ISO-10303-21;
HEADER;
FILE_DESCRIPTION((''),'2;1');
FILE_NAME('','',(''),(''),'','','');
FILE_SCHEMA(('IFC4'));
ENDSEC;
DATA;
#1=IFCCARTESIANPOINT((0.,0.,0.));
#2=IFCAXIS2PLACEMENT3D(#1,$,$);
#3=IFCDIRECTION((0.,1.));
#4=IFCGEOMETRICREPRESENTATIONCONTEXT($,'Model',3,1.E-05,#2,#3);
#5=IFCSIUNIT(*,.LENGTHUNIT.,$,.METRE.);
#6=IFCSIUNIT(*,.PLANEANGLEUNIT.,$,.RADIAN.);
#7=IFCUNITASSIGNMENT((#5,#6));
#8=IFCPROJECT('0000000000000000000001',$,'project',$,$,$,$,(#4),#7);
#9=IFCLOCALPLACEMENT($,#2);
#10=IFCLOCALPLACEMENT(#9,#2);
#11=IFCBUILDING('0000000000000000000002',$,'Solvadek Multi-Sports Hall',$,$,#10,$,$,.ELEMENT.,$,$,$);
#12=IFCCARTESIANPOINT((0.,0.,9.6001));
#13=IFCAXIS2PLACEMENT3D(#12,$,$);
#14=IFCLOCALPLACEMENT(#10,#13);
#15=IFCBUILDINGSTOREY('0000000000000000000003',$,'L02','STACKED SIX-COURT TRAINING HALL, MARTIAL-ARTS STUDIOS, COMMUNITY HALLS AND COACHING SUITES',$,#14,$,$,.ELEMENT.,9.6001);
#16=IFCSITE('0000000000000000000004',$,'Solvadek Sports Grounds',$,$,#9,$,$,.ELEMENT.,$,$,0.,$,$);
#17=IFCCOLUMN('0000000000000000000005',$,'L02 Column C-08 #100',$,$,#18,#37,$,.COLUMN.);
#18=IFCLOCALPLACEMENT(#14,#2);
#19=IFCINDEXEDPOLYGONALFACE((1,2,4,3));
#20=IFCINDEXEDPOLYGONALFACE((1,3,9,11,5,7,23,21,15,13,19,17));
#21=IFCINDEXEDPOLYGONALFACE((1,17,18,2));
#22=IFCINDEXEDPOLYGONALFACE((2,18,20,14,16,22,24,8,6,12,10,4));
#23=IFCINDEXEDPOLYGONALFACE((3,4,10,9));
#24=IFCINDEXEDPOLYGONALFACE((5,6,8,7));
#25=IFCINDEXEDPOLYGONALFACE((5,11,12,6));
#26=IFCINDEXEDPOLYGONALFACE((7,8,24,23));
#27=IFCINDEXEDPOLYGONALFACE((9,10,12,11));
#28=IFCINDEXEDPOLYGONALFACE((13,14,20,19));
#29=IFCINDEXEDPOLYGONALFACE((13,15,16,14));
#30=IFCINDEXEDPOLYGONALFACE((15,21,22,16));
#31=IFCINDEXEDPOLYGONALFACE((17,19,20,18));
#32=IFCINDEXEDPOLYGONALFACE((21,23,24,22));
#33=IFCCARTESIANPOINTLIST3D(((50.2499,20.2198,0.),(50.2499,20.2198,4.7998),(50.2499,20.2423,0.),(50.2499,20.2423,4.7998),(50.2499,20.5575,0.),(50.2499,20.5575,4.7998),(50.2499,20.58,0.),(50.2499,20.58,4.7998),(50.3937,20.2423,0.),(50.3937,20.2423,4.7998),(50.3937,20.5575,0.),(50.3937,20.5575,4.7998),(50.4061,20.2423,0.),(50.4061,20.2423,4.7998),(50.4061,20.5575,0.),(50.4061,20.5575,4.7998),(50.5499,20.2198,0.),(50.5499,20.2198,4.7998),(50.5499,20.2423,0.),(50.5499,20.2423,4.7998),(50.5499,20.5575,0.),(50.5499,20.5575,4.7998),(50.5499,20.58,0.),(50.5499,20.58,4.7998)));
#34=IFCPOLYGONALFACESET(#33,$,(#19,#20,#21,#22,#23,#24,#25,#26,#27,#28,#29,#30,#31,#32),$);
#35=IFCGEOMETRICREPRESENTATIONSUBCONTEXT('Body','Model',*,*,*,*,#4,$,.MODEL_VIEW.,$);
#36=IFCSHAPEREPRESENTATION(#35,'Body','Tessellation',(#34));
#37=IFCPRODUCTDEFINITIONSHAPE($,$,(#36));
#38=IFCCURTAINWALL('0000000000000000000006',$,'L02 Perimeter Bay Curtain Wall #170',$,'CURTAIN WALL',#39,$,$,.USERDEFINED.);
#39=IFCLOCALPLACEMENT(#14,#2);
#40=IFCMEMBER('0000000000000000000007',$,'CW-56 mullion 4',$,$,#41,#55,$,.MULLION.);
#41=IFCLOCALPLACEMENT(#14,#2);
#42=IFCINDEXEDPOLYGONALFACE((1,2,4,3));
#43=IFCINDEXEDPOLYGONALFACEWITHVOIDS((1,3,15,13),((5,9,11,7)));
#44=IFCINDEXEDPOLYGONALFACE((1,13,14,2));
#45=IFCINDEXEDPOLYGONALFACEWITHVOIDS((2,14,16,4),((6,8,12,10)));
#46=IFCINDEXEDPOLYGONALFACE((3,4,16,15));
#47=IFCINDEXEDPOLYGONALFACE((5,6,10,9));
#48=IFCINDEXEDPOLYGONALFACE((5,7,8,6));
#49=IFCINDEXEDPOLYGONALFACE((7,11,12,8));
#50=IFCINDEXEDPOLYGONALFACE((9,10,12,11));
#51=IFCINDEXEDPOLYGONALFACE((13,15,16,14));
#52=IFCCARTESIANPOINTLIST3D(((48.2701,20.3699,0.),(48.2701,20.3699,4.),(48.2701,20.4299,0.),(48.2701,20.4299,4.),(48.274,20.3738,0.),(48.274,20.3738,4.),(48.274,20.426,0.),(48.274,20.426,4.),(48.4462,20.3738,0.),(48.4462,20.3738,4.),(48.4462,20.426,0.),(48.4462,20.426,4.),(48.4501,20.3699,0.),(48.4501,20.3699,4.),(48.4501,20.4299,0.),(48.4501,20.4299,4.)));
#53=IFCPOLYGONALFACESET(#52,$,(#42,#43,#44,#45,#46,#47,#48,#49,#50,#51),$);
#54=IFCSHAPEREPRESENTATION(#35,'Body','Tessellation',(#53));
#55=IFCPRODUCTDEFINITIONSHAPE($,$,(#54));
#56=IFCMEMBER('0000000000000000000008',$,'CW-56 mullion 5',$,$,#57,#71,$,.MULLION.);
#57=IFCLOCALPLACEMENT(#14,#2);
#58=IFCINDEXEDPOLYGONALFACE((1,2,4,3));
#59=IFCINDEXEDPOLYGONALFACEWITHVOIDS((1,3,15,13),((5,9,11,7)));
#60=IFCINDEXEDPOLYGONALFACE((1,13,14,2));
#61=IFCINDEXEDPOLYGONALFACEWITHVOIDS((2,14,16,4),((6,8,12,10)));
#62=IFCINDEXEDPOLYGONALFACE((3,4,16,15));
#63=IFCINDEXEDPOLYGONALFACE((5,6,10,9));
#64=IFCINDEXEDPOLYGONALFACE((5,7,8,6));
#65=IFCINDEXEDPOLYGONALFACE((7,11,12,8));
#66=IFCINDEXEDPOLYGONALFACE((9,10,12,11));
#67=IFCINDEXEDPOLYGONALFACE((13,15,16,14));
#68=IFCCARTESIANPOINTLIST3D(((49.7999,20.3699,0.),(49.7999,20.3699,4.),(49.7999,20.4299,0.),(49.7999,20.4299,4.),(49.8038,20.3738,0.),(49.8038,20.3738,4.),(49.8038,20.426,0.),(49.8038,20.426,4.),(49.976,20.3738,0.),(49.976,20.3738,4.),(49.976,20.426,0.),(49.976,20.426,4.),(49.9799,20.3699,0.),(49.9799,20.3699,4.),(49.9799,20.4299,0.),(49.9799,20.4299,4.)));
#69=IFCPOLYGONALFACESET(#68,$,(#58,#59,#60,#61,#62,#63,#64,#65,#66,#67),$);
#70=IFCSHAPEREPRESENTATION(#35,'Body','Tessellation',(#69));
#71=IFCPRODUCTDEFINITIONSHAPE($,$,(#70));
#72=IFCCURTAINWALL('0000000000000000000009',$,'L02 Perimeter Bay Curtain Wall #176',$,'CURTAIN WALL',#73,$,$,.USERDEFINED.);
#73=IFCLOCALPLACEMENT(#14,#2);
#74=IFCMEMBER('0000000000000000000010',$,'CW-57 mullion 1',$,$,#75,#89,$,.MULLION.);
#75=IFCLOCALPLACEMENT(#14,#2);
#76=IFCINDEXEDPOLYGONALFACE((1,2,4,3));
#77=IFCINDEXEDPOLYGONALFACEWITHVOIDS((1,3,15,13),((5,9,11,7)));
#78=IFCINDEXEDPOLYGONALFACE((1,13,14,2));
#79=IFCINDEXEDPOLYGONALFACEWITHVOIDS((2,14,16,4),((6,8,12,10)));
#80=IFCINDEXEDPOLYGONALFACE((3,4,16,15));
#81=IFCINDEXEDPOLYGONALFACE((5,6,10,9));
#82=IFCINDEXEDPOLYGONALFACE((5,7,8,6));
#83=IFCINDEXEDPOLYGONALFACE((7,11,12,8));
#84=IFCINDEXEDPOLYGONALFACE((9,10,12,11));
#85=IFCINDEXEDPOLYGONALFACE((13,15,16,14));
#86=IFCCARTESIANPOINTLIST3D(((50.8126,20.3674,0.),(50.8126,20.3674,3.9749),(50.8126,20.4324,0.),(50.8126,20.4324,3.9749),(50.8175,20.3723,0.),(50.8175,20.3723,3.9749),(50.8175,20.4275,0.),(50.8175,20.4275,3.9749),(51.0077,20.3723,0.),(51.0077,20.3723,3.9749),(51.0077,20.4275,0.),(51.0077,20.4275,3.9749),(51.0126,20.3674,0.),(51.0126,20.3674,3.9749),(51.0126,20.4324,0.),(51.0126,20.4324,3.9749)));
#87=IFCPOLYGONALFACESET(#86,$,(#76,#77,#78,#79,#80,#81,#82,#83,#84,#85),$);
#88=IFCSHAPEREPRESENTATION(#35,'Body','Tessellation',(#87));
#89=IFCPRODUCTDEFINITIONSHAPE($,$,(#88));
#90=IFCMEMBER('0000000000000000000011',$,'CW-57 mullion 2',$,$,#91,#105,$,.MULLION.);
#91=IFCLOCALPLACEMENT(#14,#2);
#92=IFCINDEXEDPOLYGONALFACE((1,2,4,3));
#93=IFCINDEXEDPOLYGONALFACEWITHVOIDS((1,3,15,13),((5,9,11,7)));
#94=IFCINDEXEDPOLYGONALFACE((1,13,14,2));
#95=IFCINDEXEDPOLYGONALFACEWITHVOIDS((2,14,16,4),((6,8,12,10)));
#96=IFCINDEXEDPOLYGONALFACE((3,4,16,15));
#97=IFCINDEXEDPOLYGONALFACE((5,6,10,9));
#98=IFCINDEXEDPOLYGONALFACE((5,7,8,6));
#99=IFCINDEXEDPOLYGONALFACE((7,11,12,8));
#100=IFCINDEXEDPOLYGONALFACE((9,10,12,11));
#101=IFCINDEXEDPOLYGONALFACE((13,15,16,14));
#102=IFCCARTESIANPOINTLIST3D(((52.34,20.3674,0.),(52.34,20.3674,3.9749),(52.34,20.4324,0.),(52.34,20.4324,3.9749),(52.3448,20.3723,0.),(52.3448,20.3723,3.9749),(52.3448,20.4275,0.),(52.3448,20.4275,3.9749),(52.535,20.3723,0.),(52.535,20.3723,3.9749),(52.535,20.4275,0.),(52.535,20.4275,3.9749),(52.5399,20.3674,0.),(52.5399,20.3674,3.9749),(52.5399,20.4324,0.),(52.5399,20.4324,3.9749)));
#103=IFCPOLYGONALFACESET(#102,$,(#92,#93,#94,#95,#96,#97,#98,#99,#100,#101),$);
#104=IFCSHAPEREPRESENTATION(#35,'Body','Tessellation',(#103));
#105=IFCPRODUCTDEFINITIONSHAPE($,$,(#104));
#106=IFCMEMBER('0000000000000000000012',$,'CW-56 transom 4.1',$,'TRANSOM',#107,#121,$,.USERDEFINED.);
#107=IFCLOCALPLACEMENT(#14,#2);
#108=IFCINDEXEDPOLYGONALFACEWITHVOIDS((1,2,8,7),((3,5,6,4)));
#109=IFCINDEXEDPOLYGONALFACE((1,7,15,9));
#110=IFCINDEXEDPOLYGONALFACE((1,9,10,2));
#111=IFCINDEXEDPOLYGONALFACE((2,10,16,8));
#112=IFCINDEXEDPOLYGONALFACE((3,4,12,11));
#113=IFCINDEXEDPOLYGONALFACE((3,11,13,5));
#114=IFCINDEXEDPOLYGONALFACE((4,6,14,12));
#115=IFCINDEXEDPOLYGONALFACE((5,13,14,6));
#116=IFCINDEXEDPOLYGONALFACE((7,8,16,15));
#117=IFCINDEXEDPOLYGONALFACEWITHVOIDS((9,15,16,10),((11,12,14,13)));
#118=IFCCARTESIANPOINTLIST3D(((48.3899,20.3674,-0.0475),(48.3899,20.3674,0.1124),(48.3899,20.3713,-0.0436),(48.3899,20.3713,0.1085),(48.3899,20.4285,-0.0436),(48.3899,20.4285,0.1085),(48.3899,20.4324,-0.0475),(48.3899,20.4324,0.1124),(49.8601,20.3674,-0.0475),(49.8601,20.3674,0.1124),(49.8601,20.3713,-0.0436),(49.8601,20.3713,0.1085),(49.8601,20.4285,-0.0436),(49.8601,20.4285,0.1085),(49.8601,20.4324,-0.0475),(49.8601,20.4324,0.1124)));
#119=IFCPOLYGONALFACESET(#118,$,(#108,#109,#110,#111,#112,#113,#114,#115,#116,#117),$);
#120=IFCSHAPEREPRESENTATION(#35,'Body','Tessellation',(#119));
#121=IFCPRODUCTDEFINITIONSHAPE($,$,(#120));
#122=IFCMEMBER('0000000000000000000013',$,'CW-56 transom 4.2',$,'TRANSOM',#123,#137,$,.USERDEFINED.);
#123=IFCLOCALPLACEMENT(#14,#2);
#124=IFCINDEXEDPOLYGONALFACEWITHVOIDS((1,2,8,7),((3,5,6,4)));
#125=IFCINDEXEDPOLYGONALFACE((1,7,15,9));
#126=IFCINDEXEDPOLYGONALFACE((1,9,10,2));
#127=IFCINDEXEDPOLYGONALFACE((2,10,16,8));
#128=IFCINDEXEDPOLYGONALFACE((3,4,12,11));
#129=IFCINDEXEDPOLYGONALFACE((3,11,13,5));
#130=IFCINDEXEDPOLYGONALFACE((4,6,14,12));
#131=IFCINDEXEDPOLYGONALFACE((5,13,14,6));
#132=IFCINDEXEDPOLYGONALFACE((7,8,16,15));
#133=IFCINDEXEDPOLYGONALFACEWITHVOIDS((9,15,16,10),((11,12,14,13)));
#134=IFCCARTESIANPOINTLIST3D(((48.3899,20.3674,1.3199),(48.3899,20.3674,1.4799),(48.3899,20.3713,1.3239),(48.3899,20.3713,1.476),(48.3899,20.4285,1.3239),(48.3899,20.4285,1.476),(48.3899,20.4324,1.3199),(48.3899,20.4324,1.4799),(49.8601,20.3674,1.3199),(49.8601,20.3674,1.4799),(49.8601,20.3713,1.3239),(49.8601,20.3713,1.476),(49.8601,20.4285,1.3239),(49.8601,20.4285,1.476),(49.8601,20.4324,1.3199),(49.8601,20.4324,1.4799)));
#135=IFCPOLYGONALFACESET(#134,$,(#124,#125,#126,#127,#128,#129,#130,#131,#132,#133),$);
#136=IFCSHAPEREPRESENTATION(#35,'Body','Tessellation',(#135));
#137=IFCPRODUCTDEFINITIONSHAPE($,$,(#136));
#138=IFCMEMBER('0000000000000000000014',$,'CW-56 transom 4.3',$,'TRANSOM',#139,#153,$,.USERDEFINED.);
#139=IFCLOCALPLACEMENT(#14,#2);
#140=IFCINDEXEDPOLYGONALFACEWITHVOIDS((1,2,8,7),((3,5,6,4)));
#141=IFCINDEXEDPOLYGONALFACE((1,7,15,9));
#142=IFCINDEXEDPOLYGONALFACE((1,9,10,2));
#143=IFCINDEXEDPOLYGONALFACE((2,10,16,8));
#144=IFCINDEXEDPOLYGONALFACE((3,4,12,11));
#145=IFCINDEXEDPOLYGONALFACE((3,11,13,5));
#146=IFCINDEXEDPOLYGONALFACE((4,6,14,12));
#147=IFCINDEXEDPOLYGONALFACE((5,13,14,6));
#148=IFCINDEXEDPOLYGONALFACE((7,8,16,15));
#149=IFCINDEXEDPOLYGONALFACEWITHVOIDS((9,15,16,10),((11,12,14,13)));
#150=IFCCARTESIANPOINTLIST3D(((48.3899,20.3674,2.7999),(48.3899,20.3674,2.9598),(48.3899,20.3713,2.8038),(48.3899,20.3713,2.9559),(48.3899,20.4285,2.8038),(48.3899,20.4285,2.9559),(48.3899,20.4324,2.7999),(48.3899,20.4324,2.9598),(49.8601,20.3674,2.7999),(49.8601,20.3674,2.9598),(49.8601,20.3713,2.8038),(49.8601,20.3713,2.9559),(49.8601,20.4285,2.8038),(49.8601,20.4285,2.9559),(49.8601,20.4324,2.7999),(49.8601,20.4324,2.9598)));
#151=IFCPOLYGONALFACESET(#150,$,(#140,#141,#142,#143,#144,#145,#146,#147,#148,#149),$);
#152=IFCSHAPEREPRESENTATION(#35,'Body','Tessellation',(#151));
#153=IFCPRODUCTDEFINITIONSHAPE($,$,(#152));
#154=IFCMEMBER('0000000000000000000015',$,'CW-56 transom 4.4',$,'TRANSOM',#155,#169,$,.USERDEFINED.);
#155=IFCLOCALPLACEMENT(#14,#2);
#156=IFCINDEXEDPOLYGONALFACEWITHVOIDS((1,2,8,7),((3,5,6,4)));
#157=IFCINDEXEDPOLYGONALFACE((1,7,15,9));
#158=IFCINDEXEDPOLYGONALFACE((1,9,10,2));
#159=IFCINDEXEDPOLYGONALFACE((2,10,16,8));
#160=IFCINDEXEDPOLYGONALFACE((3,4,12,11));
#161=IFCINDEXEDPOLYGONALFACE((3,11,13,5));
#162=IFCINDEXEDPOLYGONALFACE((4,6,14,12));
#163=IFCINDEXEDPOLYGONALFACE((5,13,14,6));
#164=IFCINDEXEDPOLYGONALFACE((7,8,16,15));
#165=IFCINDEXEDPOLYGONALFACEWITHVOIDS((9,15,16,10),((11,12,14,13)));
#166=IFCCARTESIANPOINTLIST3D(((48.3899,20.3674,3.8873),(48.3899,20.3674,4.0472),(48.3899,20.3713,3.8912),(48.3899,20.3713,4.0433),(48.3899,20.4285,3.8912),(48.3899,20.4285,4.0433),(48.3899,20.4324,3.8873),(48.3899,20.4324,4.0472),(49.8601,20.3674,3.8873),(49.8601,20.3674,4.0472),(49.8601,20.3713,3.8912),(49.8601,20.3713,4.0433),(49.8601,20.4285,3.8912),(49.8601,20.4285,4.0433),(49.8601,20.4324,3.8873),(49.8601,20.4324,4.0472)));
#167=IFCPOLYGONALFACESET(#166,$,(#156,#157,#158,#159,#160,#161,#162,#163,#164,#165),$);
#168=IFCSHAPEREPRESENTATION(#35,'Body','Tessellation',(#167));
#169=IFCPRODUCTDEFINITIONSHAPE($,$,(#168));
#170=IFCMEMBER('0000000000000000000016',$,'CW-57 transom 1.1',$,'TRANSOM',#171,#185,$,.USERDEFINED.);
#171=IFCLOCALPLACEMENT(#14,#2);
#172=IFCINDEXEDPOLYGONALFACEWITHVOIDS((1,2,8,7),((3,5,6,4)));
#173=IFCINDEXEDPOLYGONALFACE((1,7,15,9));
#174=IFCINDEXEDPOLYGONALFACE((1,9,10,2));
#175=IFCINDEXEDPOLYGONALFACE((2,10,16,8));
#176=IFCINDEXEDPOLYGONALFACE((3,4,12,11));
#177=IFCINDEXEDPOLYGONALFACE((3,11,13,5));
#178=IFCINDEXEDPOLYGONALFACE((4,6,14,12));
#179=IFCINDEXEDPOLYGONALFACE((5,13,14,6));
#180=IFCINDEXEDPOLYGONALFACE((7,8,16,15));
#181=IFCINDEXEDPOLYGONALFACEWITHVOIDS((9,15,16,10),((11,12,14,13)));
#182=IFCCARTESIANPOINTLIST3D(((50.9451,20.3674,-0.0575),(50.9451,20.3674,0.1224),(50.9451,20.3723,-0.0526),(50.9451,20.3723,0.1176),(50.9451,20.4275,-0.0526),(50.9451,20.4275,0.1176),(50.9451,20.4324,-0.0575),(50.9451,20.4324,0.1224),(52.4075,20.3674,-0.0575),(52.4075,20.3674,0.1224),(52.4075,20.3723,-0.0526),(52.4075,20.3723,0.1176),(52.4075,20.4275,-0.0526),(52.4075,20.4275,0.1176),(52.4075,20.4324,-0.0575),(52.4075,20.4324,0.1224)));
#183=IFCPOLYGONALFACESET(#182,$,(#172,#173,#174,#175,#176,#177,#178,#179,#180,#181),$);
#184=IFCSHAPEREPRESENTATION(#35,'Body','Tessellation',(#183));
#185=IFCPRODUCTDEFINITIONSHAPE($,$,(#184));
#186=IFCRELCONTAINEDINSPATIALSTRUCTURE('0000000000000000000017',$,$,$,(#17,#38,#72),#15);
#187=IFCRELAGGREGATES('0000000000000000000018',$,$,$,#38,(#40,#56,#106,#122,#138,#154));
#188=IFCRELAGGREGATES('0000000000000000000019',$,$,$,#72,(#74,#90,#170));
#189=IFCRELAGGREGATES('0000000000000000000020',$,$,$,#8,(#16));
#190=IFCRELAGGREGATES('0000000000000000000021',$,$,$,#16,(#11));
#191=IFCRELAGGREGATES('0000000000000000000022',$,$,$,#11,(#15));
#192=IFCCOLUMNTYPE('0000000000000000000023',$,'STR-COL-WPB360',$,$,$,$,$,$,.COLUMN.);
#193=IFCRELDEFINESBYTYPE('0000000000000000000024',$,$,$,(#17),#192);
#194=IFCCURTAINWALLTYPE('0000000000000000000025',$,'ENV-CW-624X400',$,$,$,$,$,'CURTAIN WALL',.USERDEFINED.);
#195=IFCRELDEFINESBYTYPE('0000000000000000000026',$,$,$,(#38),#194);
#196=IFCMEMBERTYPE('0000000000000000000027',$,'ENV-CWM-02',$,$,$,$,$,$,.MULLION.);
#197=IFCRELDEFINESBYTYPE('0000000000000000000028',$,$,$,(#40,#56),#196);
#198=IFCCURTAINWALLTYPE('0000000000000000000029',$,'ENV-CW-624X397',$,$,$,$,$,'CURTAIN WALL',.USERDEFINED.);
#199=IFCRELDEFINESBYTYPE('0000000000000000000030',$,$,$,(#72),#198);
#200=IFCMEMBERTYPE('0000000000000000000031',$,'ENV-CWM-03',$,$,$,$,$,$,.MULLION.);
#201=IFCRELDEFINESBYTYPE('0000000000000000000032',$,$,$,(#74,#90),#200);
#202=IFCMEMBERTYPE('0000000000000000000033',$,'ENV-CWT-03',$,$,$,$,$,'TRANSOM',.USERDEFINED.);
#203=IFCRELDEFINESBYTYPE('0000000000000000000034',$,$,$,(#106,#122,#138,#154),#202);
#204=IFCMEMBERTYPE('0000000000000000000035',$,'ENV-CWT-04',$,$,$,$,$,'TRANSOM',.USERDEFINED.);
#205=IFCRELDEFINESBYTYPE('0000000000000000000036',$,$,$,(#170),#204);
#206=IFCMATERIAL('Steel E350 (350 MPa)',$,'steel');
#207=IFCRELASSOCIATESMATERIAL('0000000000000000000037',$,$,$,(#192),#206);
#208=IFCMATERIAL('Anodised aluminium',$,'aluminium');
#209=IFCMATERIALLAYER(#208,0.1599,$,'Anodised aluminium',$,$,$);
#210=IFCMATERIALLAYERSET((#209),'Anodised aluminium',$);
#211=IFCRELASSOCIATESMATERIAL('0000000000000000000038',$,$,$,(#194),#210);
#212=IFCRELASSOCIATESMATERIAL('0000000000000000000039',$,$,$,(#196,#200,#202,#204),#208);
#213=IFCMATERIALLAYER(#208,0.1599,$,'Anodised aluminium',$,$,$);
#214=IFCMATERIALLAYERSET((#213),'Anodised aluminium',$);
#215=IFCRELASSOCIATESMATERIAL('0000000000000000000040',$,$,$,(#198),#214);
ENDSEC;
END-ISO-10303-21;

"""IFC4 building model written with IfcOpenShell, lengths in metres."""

from ifc_helpers import new_model, si_unit, direction, frame, origin, origin_2d, place, context, subcontext, project, spatial, hollow_rectangle, i_section, extrude, material, layer, layer_set, material_profile, profile_set, type_object, element, aggregate, save


model = new_model("IFC4")

# Units and contexts
model_context = context("Model", 3, precision=1e-05, world=origin(), true_north=direction((0.0, 1.0)))
body_context = subcontext(model_context, "Body", "Model", "MODEL_VIEW")
ifc_project = project(units=[si_unit("LENGTHUNIT", "METRE"), si_unit("PLANEANGLEUNIT", "RADIAN")], contexts=[model_context])

# Site, building, storey
site_placement = place(None, origin())
site = spatial("IfcSite", under=ifc_project, at=site_placement, Name="Solvadek Sports Grounds", CompositionType="ELEMENT", RefElevation=0.0)
building_placement = place(site_placement, origin())
building = spatial("IfcBuilding", under=site, at=building_placement, Name="Solvadek Multi-Sports Hall", CompositionType="ELEMENT")
storey_placement = place(building_placement, frame((0.0, 0.0, 9.6001)))
storey = spatial("IfcBuildingStorey", under=building, at=storey_placement, Name="L02", Description="STACKED SIX-COURT TRAINING HALL, MARTIAL-ARTS STUDIOS, COMMUNITY HALLS AND COACHING SUITES", CompositionType="ELEMENT", Elevation=9.6001)

# Column
ifc_material_1 = material(Name="Steel E350 (350 MPa)", Category="steel")
ifc_material_profile_1 = material_profile(ifc_material_1, i_section(OverallWidth=0.3, OverallDepth=0.3601, WebThickness=0.0125, FlangeThickness=0.0225, at=origin_2d()), Name="WPB 360")
ifc_profile_set_1 = profile_set([ifc_material_profile_1], Name="Steel E350 (350 MPa)")
column_type = type_object("IfcColumnType", Name="STR-COL-WPB360", PredefinedType="COLUMN", material=ifc_profile_set_1)
column_placement = place(storey_placement, frame((50.3999, 20.3999, 0.0), z_axis=(0.0, 0.0, 1.0), x_axis=(1.0, 0.0, 0.0)))
element("IfcColumn", 1, at=column_placement, inside=storey, type_object=column_type, Name="L02 Column C-08 #100", PredefinedType="COLUMN", context=body_context, shape_type="SweptSolid", body=[
    extrude(i_section(OverallWidth=0.3, OverallDepth=0.3601, WebThickness=0.0125, FlangeThickness=0.0225, at=origin_2d()), origin(), (0.0, 0.0, 1.0), 4.7998),
])

# Curtain walls, members
ifc_material_2 = material(Name="Anodised aluminium", Category="aluminium")
ifc_layer_1 = layer(ifc_material_2, 0.1599, Name="Anodised aluminium")
ifc_layer_set_1 = layer_set([ifc_layer_1], Name="Anodised aluminium")
curtain_wall_type_1 = type_object("IfcCurtainWallType", Name="ENV-CW-624X400", ElementType="CURTAIN WALL", PredefinedType="USERDEFINED", material=ifc_layer_set_1)
curtain_wall_1_placement = place(storey_placement, origin())
curtain_wall_1 = element("IfcCurtainWall", 2, at=curtain_wall_1_placement, inside=storey, type_object=curtain_wall_type_1, Name="L02 Perimeter Bay Curtain Wall #170", ObjectType="CURTAIN WALL", PredefinedType="USERDEFINED")
ifc_material_profile_2 = material_profile(ifc_material_2, hollow_rectangle(XDim=0.0601, YDim=0.1799, WallThickness=0.0039, at=origin_2d()), Name="ALU-M 180x60x4")
ifc_profile_set_2 = profile_set([ifc_material_profile_2], Name="Anodised aluminium")
member_type_1 = type_object("IfcMemberType", Name="ENV-CWM-02", PredefinedType="MULLION", material=ifc_profile_set_2)
member_1_placement = place(storey_placement, frame((48.3601, 20.3999, 0.0), z_axis=(0.0, 0.0, 1.0), x_axis=(0.0, 1.0, 0.0)))
member_1 = element("IfcMember", 3, at=member_1_placement, type_object=member_type_1, Name="CW-56 mullion 4", PredefinedType="MULLION", context=body_context, shape_type="SweptSolid", body=[
    extrude(hollow_rectangle(XDim=0.0601, YDim=0.1799, WallThickness=0.0039, at=origin_2d()), origin(), (0.0, 0.0, 1.0), 4.0),
])
member_2_placement = place(storey_placement, frame((49.8899, 20.3999, 0.0), z_axis=(0.0, 0.0, 1.0), x_axis=(0.0, 1.0, 0.0)))
member_2 = element("IfcMember", 4, at=member_2_placement, type_object=member_type_1, Name="CW-56 mullion 5", PredefinedType="MULLION", context=body_context, shape_type="SweptSolid", body=[
    extrude(hollow_rectangle(XDim=0.0601, YDim=0.1799, WallThickness=0.0039, at=origin_2d()), origin(), (0.0, 0.0, 1.0), 4.0),
])
ifc_layer_2 = layer(ifc_material_2, 0.1599, Name="Anodised aluminium")
ifc_layer_set_2 = layer_set([ifc_layer_2], Name="Anodised aluminium")
curtain_wall_type_2 = type_object("IfcCurtainWallType", Name="ENV-CW-624X397", ElementType="CURTAIN WALL", PredefinedType="USERDEFINED", material=ifc_layer_set_2)
curtain_wall_2_placement = place(storey_placement, origin())
curtain_wall_2 = element("IfcCurtainWall", 5, at=curtain_wall_2_placement, inside=storey, type_object=curtain_wall_type_2, Name="L02 Perimeter Bay Curtain Wall #176", ObjectType="CURTAIN WALL", PredefinedType="USERDEFINED")
ifc_material_profile_3 = material_profile(ifc_material_2, hollow_rectangle(XDim=0.0649, YDim=0.2, WallThickness=0.0049, at=origin_2d()), Name="ALU-M 200x65x5")
ifc_profile_set_3 = profile_set([ifc_material_profile_3], Name="Anodised aluminium")
member_type_2 = type_object("IfcMemberType", Name="ENV-CWM-03", PredefinedType="MULLION", material=ifc_profile_set_3)
member_3_placement = place(storey_placement, frame((50.9126, 20.3999, 0.0), z_axis=(0.0, 0.0, 1.0), x_axis=(0.0, 1.0, 0.0)))
member_3 = element("IfcMember", 6, at=member_3_placement, type_object=member_type_2, Name="CW-57 mullion 1", PredefinedType="MULLION", context=body_context, shape_type="SweptSolid", body=[
    extrude(hollow_rectangle(XDim=0.0649, YDim=0.2, WallThickness=0.0049, at=origin_2d()), origin(), (0.0, 0.0, 1.0), 3.9749),
])
member_4_placement = place(storey_placement, frame((52.4399, 20.3999, 0.0), z_axis=(0.0, 0.0, 1.0), x_axis=(0.0, 1.0, 0.0)))
member_4 = element("IfcMember", 7, at=member_4_placement, type_object=member_type_2, Name="CW-57 mullion 2", PredefinedType="MULLION", context=body_context, shape_type="SweptSolid", body=[
    extrude(hollow_rectangle(XDim=0.0649, YDim=0.2, WallThickness=0.0049, at=origin_2d()), origin(), (0.0, 0.0, 1.0), 3.9749),
])

# Members
ifc_material_profile_4 = material_profile(ifc_material_2, hollow_rectangle(XDim=0.0649, YDim=0.1599, WallThickness=0.0039, at=origin_2d()), Name="ALU-T 160x65x4")
ifc_profile_set_4 = profile_set([ifc_material_profile_4], Name="Anodised aluminium")
member_type_3 = type_object("IfcMemberType", Name="ENV-CWT-03", ElementType="TRANSOM", PredefinedType="USERDEFINED", material=ifc_profile_set_4)
member_5_placement = place(storey_placement, frame((48.3899, 20.3999, 0.0325), z_axis=(1.0, 0.0, 0.0), x_axis=(0.0, 1.0, 0.0)))
member_5 = element("IfcMember", 8, at=member_5_placement, type_object=member_type_3, Name="CW-56 transom 4.1", ObjectType="TRANSOM", PredefinedType="USERDEFINED", context=body_context, shape_type="SweptSolid", body=[
    extrude(hollow_rectangle(XDim=0.0649, YDim=0.1599, WallThickness=0.0039, at=origin_2d()), origin(), (0.0, 0.0, 1.0), 1.4702),
])
member_6_placement = place(storey_placement, frame((48.3899, 20.3999, 1.3999), z_axis=(1.0, 0.0, 0.0), x_axis=(0.0, 1.0, 0.0)))
member_6 = element("IfcMember", 9, at=member_6_placement, type_object=member_type_3, Name="CW-56 transom 4.2", ObjectType="TRANSOM", PredefinedType="USERDEFINED", context=body_context, shape_type="SweptSolid", body=[
    extrude(hollow_rectangle(XDim=0.0649, YDim=0.1599, WallThickness=0.0039, at=origin_2d()), origin(), (0.0, 0.0, 1.0), 1.4702),
])
member_7_placement = place(storey_placement, frame((48.3899, 20.3999, 2.8799), z_axis=(1.0, 0.0, 0.0), x_axis=(0.0, 1.0, 0.0)))
member_7 = element("IfcMember", 10, at=member_7_placement, type_object=member_type_3, Name="CW-56 transom 4.3", ObjectType="TRANSOM", PredefinedType="USERDEFINED", context=body_context, shape_type="SweptSolid", body=[
    extrude(hollow_rectangle(XDim=0.0649, YDim=0.1599, WallThickness=0.0039, at=origin_2d()), origin(), (0.0, 0.0, 1.0), 1.4702),
])
member_8_placement = place(storey_placement, frame((48.3899, 20.3999, 3.9673), z_axis=(1.0, 0.0, 0.0), x_axis=(0.0, 1.0, 0.0)))
member_8 = element("IfcMember", 11, at=member_8_placement, type_object=member_type_3, Name="CW-56 transom 4.4", ObjectType="TRANSOM", PredefinedType="USERDEFINED", context=body_context, shape_type="SweptSolid", body=[
    extrude(hollow_rectangle(XDim=0.0649, YDim=0.1599, WallThickness=0.0039, at=origin_2d()), origin(), (0.0, 0.0, 1.0), 1.4702),
])
ifc_material_profile_5 = material_profile(ifc_material_2, hollow_rectangle(XDim=0.0649, YDim=0.1799, WallThickness=0.0049, at=origin_2d()), Name="ALU-T 180x65x5")
ifc_profile_set_5 = profile_set([ifc_material_profile_5], Name="Anodised aluminium")
member_type_4 = type_object("IfcMemberType", Name="ENV-CWT-04", ElementType="TRANSOM", PredefinedType="USERDEFINED", material=ifc_profile_set_5)
member_9_placement = place(storey_placement, frame((50.9451, 20.3999, 0.0325), z_axis=(1.0, 0.0, 0.0), x_axis=(0.0, 1.0, 0.0)))
member_9 = element("IfcMember", 12, at=member_9_placement, type_object=member_type_4, Name="CW-57 transom 1.1", ObjectType="TRANSOM", PredefinedType="USERDEFINED", context=body_context, shape_type="SweptSolid", body=[
    extrude(hollow_rectangle(XDim=0.0649, YDim=0.1799, WallThickness=0.0049, at=origin_2d()), origin(), (0.0, 0.0, 1.0), 1.4624),
])

aggregate(curtain_wall_1, [member_1, member_2, member_5, member_6, member_7, member_8])
aggregate(curtain_wall_2, [member_3, member_4, member_9])

save(model, "model.ifc")
